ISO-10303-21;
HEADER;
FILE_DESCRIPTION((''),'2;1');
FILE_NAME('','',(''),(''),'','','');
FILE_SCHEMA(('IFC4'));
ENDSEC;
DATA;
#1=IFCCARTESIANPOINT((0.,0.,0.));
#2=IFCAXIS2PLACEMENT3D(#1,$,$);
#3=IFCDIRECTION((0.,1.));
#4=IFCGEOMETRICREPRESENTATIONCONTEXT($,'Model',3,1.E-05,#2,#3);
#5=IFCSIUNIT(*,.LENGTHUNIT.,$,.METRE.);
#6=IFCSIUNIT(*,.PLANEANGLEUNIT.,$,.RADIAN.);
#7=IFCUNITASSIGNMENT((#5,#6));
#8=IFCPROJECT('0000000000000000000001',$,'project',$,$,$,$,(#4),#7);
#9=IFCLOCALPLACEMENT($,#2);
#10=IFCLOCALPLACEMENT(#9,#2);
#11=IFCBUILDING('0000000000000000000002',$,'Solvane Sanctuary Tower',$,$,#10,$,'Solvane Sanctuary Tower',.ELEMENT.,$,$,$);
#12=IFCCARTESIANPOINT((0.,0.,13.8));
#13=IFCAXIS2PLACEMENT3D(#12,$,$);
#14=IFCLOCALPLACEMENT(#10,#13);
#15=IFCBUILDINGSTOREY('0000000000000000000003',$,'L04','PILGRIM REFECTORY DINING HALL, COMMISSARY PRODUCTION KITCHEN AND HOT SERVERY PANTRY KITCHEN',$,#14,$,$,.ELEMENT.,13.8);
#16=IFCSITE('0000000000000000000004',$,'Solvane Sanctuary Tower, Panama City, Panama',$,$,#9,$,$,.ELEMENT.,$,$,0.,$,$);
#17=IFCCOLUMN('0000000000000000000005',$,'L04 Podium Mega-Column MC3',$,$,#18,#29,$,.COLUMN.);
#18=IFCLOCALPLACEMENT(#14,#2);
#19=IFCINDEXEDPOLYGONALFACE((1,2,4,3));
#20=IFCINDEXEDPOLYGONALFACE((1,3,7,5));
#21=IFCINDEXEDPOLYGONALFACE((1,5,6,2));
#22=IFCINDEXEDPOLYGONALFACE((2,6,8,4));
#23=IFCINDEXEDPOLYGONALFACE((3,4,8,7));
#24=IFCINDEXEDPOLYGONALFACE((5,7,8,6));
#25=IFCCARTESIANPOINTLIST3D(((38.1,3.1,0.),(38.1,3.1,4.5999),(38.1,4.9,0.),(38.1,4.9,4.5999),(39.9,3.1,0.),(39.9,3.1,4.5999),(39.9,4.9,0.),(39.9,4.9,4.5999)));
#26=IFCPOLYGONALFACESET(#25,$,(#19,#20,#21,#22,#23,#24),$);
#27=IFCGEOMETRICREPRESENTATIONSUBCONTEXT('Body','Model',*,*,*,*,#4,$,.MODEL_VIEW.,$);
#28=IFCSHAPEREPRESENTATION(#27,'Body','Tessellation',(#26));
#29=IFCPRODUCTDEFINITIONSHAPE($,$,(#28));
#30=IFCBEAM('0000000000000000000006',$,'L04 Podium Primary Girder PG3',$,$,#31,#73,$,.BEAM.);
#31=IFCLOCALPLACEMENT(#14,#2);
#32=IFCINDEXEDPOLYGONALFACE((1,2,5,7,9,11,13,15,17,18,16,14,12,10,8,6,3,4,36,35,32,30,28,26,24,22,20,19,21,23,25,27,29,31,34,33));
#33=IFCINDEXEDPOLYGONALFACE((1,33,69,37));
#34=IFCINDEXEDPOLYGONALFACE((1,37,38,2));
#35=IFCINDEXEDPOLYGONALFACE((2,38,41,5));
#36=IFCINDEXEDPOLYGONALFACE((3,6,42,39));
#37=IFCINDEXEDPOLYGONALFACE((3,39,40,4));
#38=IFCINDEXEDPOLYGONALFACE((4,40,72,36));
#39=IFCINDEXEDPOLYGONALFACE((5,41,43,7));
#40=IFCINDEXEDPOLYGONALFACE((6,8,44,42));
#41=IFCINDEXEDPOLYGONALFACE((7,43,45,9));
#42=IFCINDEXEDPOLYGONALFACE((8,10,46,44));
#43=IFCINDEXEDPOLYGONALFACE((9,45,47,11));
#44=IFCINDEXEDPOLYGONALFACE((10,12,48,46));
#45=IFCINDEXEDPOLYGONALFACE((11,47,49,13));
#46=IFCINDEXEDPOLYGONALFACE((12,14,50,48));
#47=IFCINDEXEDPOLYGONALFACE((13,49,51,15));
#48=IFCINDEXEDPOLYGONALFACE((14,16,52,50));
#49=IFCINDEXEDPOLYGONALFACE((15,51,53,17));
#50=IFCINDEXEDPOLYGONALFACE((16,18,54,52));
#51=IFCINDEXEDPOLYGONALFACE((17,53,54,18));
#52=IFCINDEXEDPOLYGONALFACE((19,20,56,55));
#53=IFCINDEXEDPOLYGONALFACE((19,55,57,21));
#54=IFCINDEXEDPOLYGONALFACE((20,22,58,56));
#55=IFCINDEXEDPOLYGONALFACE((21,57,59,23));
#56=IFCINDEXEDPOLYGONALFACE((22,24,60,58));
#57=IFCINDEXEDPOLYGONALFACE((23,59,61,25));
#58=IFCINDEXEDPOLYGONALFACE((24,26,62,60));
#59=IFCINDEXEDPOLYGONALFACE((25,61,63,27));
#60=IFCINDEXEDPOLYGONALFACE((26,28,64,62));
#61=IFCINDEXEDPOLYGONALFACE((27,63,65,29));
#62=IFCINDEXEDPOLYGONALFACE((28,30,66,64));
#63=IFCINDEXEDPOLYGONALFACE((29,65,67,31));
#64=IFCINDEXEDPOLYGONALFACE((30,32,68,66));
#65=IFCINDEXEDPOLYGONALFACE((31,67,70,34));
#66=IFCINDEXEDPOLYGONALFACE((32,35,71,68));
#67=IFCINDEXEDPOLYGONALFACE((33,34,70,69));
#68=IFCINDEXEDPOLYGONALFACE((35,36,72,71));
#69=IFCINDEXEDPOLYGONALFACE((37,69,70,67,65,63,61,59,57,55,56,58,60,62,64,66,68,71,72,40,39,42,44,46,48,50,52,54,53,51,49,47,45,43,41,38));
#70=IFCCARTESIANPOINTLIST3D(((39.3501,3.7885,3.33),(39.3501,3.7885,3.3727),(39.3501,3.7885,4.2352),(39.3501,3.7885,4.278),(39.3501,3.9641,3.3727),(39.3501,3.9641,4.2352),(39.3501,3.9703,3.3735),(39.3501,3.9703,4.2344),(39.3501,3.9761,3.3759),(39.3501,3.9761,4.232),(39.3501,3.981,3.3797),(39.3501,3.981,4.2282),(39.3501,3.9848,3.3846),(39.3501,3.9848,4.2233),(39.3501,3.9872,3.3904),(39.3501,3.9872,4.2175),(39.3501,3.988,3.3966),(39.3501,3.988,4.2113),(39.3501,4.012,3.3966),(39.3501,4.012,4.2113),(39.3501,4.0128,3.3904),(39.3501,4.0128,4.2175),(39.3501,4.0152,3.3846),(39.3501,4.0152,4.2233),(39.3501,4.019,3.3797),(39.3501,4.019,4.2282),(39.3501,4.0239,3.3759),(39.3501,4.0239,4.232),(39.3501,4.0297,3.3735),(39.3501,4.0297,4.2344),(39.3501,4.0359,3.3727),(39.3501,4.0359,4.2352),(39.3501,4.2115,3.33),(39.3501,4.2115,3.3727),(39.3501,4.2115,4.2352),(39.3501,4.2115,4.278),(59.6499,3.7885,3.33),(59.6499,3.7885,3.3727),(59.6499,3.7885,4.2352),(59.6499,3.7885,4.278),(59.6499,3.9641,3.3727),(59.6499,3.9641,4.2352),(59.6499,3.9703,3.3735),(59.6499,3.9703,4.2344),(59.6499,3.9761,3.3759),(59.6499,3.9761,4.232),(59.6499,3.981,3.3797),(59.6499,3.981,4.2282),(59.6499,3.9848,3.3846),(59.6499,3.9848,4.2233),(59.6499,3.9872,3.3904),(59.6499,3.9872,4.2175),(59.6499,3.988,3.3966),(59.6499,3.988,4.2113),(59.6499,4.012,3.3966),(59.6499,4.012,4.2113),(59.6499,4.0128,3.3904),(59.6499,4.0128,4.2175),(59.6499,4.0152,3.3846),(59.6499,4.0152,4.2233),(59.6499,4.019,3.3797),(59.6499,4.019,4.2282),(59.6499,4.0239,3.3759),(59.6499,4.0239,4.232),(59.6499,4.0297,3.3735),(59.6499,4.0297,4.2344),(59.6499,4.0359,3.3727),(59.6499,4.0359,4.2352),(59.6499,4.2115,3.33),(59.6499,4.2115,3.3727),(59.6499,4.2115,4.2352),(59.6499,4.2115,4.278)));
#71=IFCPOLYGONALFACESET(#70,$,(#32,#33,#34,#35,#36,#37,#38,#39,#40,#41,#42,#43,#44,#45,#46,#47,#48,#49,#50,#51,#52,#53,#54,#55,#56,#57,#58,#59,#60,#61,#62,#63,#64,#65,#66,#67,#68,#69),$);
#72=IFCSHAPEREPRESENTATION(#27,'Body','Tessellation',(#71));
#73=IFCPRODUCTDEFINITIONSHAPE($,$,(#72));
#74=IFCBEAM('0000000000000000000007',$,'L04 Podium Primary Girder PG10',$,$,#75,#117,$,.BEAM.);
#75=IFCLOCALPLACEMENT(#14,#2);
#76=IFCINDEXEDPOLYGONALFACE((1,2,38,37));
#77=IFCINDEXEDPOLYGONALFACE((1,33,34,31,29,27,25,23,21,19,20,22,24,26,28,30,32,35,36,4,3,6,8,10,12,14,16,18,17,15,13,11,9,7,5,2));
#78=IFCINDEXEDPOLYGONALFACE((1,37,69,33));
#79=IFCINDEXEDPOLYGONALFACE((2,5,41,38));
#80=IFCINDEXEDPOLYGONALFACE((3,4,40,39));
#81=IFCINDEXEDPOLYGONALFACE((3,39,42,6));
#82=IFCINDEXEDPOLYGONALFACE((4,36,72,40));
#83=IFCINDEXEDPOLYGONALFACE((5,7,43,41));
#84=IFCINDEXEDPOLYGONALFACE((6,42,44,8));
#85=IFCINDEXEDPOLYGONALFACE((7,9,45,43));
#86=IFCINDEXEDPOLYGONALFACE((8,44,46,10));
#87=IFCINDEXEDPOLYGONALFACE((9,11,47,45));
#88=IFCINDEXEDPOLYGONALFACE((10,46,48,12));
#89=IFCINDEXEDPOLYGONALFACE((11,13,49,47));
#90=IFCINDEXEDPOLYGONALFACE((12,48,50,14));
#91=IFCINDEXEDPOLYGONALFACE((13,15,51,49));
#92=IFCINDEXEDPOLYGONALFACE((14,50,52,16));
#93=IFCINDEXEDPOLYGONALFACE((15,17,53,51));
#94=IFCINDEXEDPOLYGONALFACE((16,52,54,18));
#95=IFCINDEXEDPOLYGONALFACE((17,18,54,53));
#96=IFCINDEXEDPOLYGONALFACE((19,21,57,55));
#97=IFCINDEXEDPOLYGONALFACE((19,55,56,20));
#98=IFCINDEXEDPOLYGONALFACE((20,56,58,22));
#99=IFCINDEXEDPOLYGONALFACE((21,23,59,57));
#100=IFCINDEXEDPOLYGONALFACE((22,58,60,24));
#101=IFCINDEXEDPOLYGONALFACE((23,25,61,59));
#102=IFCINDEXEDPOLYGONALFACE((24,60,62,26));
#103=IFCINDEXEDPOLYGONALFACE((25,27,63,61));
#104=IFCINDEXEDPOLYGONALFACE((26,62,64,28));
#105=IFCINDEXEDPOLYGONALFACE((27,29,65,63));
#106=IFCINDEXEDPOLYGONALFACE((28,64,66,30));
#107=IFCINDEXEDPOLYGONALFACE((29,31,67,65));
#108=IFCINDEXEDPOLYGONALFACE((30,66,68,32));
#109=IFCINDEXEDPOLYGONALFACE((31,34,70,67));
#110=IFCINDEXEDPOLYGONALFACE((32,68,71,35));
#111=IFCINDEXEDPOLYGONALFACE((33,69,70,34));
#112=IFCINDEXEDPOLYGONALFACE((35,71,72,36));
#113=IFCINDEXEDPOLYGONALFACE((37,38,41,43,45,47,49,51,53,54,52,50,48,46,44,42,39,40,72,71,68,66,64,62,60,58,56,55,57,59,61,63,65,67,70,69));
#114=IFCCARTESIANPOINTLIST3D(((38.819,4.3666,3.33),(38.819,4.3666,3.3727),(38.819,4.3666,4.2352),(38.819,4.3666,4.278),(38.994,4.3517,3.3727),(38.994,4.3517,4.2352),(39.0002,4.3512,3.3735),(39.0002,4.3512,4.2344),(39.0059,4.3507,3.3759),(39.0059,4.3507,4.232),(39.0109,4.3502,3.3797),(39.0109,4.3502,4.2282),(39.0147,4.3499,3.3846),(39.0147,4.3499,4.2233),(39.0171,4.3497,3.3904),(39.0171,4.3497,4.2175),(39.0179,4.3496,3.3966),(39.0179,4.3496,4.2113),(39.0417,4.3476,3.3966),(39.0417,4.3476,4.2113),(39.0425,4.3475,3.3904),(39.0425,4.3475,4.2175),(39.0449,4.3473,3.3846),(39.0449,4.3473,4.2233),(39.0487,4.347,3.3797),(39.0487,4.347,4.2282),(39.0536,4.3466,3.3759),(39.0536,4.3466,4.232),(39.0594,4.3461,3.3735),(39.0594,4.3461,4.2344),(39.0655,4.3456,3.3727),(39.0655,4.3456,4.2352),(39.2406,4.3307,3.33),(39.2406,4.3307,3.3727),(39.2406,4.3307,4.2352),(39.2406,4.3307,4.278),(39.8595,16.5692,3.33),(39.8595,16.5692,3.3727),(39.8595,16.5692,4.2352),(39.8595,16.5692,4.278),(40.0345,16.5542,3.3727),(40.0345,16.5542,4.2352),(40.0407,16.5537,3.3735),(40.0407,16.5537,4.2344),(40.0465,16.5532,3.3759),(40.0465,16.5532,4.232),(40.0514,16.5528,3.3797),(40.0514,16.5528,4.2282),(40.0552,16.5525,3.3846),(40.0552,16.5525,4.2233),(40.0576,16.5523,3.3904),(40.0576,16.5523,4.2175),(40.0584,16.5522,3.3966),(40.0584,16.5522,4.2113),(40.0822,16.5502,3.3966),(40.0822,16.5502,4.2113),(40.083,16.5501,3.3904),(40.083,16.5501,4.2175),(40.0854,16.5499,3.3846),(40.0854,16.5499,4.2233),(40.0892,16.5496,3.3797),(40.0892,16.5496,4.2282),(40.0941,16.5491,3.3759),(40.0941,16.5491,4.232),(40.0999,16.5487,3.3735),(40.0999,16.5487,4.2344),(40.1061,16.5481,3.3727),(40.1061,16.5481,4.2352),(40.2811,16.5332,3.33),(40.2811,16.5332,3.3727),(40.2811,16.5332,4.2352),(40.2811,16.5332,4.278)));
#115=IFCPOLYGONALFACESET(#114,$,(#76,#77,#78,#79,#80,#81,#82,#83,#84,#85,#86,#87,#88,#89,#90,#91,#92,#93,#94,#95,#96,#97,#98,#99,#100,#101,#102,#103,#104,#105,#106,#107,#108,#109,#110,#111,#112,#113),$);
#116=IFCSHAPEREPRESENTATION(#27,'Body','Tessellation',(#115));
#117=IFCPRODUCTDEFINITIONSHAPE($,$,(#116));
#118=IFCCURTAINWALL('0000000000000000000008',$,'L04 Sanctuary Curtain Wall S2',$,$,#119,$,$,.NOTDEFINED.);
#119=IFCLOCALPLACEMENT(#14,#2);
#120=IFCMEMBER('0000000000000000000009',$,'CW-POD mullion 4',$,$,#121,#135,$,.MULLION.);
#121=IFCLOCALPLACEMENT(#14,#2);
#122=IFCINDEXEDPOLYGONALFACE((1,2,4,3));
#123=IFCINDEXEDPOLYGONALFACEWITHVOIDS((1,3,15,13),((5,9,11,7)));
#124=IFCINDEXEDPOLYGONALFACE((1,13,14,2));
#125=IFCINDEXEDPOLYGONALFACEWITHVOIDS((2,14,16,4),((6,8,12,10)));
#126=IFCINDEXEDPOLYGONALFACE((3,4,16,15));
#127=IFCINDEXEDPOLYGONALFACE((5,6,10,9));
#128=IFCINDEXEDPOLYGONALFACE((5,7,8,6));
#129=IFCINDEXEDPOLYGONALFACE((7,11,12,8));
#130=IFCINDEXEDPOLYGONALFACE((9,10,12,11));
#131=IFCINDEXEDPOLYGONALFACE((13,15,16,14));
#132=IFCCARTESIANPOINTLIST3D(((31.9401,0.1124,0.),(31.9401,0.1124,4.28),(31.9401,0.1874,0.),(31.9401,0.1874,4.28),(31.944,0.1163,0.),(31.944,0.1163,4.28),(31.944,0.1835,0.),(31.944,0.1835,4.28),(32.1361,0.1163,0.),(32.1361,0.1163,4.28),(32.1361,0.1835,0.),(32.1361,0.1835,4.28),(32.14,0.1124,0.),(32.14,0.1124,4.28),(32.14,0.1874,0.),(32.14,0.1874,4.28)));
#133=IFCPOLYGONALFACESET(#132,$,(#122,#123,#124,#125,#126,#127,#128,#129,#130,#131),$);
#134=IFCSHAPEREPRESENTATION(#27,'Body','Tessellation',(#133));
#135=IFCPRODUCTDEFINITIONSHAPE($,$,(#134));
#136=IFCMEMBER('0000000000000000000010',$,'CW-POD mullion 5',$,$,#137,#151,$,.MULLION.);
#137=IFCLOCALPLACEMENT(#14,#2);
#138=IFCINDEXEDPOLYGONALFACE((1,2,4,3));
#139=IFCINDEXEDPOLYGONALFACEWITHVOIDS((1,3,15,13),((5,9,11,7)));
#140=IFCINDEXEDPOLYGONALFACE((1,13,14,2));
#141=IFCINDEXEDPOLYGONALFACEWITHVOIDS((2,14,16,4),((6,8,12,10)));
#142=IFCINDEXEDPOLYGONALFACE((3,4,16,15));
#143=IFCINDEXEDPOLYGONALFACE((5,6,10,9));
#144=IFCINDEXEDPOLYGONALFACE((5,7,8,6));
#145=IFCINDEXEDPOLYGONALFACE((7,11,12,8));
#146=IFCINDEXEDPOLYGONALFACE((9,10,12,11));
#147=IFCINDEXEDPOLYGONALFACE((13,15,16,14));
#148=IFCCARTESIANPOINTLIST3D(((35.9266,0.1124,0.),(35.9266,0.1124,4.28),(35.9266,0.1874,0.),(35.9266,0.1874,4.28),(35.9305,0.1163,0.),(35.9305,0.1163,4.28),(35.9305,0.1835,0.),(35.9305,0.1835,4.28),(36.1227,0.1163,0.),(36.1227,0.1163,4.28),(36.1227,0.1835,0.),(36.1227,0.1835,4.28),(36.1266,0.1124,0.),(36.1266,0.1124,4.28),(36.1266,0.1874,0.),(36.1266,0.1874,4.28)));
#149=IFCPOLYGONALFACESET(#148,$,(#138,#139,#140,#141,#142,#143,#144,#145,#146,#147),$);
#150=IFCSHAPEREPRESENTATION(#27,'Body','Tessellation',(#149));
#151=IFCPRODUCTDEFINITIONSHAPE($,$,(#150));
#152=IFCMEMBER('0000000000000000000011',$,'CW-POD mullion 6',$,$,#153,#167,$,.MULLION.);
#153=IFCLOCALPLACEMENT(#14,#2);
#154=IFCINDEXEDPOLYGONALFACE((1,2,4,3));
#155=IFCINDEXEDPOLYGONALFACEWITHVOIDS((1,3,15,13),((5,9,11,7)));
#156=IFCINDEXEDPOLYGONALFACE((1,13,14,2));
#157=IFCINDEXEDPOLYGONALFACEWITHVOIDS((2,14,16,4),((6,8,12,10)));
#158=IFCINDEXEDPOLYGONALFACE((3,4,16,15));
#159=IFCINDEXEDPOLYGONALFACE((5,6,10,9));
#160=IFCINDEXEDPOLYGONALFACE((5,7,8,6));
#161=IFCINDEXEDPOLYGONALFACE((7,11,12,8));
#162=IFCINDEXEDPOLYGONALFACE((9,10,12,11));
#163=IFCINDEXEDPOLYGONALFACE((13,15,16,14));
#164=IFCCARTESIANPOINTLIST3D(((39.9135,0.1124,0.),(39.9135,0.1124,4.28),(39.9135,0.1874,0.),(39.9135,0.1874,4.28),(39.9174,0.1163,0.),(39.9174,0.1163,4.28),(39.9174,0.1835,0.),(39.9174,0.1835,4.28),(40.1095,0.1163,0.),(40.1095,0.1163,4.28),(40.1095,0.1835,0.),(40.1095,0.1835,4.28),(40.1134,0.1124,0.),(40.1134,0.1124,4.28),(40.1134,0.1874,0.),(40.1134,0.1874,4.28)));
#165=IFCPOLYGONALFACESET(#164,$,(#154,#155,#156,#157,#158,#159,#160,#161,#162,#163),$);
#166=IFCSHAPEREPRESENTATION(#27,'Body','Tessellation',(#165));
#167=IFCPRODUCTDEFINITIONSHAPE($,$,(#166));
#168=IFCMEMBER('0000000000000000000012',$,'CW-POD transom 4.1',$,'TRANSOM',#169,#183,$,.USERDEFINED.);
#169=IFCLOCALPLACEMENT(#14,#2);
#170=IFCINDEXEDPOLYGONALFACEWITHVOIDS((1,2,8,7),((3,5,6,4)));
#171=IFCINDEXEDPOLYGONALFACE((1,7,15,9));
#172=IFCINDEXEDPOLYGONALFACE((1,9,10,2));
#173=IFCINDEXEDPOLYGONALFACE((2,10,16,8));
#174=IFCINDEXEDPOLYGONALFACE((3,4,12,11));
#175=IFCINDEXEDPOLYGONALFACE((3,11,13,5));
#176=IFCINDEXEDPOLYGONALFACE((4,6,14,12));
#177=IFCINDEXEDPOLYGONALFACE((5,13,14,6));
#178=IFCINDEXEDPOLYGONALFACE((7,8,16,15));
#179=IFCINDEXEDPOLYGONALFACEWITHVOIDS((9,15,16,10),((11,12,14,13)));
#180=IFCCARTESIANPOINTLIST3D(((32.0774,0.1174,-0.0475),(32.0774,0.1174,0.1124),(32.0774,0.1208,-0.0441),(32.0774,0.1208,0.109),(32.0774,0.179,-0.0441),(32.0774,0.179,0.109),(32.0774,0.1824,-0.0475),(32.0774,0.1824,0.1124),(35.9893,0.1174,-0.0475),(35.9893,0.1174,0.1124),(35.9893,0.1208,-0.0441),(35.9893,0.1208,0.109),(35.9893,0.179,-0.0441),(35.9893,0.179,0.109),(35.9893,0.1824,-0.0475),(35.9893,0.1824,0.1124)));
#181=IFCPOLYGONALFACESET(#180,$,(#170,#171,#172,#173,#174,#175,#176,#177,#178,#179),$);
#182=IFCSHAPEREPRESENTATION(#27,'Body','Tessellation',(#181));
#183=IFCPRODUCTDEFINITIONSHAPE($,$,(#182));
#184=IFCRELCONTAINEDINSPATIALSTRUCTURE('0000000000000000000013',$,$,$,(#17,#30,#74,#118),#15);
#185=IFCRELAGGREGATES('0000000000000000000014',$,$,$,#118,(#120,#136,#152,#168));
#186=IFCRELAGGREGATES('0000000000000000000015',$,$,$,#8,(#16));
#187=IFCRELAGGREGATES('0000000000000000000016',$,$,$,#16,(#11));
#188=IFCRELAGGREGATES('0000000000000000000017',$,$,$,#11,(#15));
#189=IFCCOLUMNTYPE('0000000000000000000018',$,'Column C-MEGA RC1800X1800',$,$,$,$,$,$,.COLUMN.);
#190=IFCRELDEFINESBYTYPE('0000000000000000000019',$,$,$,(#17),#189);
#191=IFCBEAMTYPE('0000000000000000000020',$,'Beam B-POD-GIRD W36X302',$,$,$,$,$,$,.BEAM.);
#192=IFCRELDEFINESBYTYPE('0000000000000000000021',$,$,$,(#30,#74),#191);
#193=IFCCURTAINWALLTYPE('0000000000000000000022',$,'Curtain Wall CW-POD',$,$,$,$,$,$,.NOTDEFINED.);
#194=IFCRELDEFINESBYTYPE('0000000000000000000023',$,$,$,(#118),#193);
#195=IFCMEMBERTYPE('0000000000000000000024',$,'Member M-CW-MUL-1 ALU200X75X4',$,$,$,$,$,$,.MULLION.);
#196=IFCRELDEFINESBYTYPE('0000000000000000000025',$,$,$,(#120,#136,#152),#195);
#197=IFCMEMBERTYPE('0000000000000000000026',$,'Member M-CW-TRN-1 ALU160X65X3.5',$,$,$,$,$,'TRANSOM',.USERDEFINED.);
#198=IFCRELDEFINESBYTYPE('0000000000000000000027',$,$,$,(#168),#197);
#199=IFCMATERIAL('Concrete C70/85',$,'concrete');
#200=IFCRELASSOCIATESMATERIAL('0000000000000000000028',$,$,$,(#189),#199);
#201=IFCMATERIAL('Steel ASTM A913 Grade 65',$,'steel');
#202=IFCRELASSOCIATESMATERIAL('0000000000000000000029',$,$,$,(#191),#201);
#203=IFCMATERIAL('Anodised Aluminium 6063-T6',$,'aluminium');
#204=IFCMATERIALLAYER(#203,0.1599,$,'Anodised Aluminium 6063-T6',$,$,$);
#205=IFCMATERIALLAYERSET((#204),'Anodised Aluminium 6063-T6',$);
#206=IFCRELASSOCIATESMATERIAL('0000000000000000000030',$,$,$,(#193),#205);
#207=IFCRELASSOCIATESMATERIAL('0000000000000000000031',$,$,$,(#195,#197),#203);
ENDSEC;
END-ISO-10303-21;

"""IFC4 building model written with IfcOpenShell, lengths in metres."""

from ifc_helpers import new_model, si_unit, direction, frame, origin, origin_2d, place, context, subcontext, project, spatial, rectangle, hollow_rectangle, i_section, extrude, material, layer, layer_set, material_profile, profile_set, type_object, element, aggregate, save


model = new_model("IFC4")

# Units and contexts
model_context = context("Model", 3, precision=1e-05, world=origin(), true_north=direction((0.0, 1.0)))
body_context = subcontext(model_context, "Body", "Model", "MODEL_VIEW")
ifc_project = project(units=[si_unit("LENGTHUNIT", "METRE"), si_unit("PLANEANGLEUNIT", "RADIAN")], contexts=[model_context])

# Site, building, storey
site_placement = place(None, origin())
site = spatial("IfcSite", under=ifc_project, at=site_placement, Name="Solvane Sanctuary Tower, Panama City, Panama", CompositionType="ELEMENT", RefElevation=0.0)
building_placement = place(site_placement, origin())
building = spatial("IfcBuilding", under=site, at=building_placement, Name="Solvane Sanctuary Tower", LongName="Solvane Sanctuary Tower", CompositionType="ELEMENT")
storey_placement = place(building_placement, frame((0.0, 0.0, 13.8)))
storey = spatial("IfcBuildingStorey", under=building, at=storey_placement, Name="L04", Description="PILGRIM REFECTORY DINING HALL, COMMISSARY PRODUCTION KITCHEN AND HOT SERVERY PANTRY KITCHEN", CompositionType="ELEMENT", Elevation=13.8)

# Column
ifc_material_1 = material(Name="Concrete C70/85", Category="concrete")
ifc_material_profile_1 = material_profile(ifc_material_1, rectangle(XDim=1.8, YDim=1.8, at=origin_2d()), Name="RC1800X1800")
ifc_profile_set_1 = profile_set([ifc_material_profile_1], Name="Concrete C70/85")
column_type = type_object("IfcColumnType", Name="Column C-MEGA RC1800X1800", PredefinedType="COLUMN", material=ifc_profile_set_1)
column_placement = place(storey_placement, frame((39.0, 4.0, 0.0), z_axis=(0.0, 0.0, 1.0), x_axis=(1.0, 0.0, 0.0)))
element("IfcColumn", 1, at=column_placement, inside=storey, type_object=column_type, Name="L04 Podium Mega-Column MC3", PredefinedType="COLUMN", context=body_context, shape_type="SweptSolid", body=[
    extrude(rectangle(XDim=1.8, YDim=1.8, at=origin_2d()), origin(), (0.0, 0.0, 1.0), 4.5999),
])

# Beams
ifc_material_2 = material(Name="Steel ASTM A913 Grade 65", Category="steel")
ifc_material_profile_2 = material_profile(ifc_material_2, i_section(OverallWidth=0.4231, OverallDepth=0.948, WebThickness=0.0239, FlangeThickness=0.0427, FilletRadius=0.0239, at=origin_2d()), Name="W36X302")
ifc_profile_set_2 = profile_set([ifc_material_profile_2], Name="Steel ASTM A913 Grade 65")
beam_type = type_object("IfcBeamType", Name="Beam B-POD-GIRD W36X302", PredefinedType="BEAM", material=ifc_profile_set_2)
beam_1_placement = place(storey_placement, frame((39.3501, 4.0, 3.804), z_axis=(1.0, 0.0, 0.0), x_axis=(0.0, 1.0, 0.0)))
element("IfcBeam", 2, at=beam_1_placement, inside=storey, type_object=beam_type, Name="L04 Podium Primary Girder PG3", PredefinedType="BEAM", context=body_context, shape_type="SweptSolid", body=[
    extrude(i_section(OverallWidth=0.4231, OverallDepth=0.948, WebThickness=0.0239, FlangeThickness=0.0427, FilletRadius=0.0239, at=origin_2d()), origin(), (0.0, 0.0, 1.0), 20.2998),
])
beam_2_placement = place(storey_placement, frame((39.0298, 4.3486, 3.804), z_axis=(0.084962, 0.996384, 0.0), x_axis=(-0.996384, 0.084962, 0.0)))
element("IfcBeam", 3, at=beam_2_placement, inside=storey, type_object=beam_type, Name="L04 Podium Primary Girder PG10", PredefinedType="BEAM", context=body_context, shape_type="SweptSolid", body=[
    extrude(i_section(OverallWidth=0.4231, OverallDepth=0.948, WebThickness=0.0239, FlangeThickness=0.0427, FilletRadius=0.0239, at=origin_2d()), origin(), (0.0, 0.0, 1.0), 12.2468),
])

# Curtain wall, members
ifc_material_3 = material(Name="Anodised Aluminium 6063-T6", Category="aluminium")
ifc_layer_1 = layer(ifc_material_3, 0.1599, Name="Anodised Aluminium 6063-T6")
ifc_layer_set_1 = layer_set([ifc_layer_1], Name="Anodised Aluminium 6063-T6")
curtain_wall_type = type_object("IfcCurtainWallType", Name="Curtain Wall CW-POD", PredefinedType="NOTDEFINED", material=ifc_layer_set_1)
curtain_wall_placement = place(storey_placement, origin())
curtain_wall = element("IfcCurtainWall", 4, at=curtain_wall_placement, inside=storey, type_object=curtain_wall_type, Name="L04 Sanctuary Curtain Wall S2", PredefinedType="NOTDEFINED")
ifc_material_profile_3 = material_profile(ifc_material_3, hollow_rectangle(XDim=0.075, YDim=0.2, WallThickness=0.0039, at=origin_2d()), Name="ALU200X75X4")
ifc_profile_set_3 = profile_set([ifc_material_profile_3], Name="Anodised Aluminium 6063-T6")
member_type_1 = type_object("IfcMemberType", Name="Member M-CW-MUL-1 ALU200X75X4", PredefinedType="MULLION", material=ifc_profile_set_3)
member_1_placement = place(storey_placement, frame((32.04, 0.1499, 0.0), z_axis=(0.0, 0.0, 1.0), x_axis=(0.0, 1.0, 0.0)))
member_1 = element("IfcMember", 5, at=member_1_placement, type_object=member_type_1, Name="CW-POD mullion 4", PredefinedType="MULLION", context=body_context, shape_type="SweptSolid", body=[
    extrude(hollow_rectangle(XDim=0.075, YDim=0.2, WallThickness=0.0039, at=origin_2d()), origin(), (0.0, 0.0, 1.0), 4.28),
])
member_2_placement = place(storey_placement, frame((36.0266, 0.1499, 0.0), z_axis=(0.0, 0.0, 1.0), x_axis=(0.0, 1.0, 0.0)))
member_2 = element("IfcMember", 6, at=member_2_placement, type_object=member_type_1, Name="CW-POD mullion 5", PredefinedType="MULLION", context=body_context, shape_type="SweptSolid", body=[
    extrude(hollow_rectangle(XDim=0.075, YDim=0.2, WallThickness=0.0039, at=origin_2d()), origin(), (0.0, 0.0, 1.0), 4.28),
])
member_3_placement = place(storey_placement, frame((40.0134, 0.1499, 0.0), z_axis=(0.0, 0.0, 1.0), x_axis=(0.0, 1.0, 0.0)))
member_3 = element("IfcMember", 7, at=member_3_placement, type_object=member_type_1, Name="CW-POD mullion 6", PredefinedType="MULLION", context=body_context, shape_type="SweptSolid", body=[
    extrude(hollow_rectangle(XDim=0.075, YDim=0.2, WallThickness=0.0039, at=origin_2d()), origin(), (0.0, 0.0, 1.0), 4.28),
])
ifc_material_profile_4 = material_profile(ifc_material_3, hollow_rectangle(XDim=0.0649, YDim=0.1599, WallThickness=0.0034, at=origin_2d()), Name="ALU160X65X3.5")
ifc_profile_set_4 = profile_set([ifc_material_profile_4], Name="Anodised Aluminium 6063-T6")
member_type_2 = type_object("IfcMemberType", Name="Member M-CW-TRN-1 ALU160X65X3.5", ElementType="TRANSOM", PredefinedType="USERDEFINED", material=ifc_profile_set_4)
member_4_placement = place(storey_placement, frame((32.0774, 0.1499, 0.0325), z_axis=(1.0, 0.0, 0.0), x_axis=(0.0, 1.0, 0.0)))
member_4 = element("IfcMember", 8, at=member_4_placement, type_object=member_type_2, Name="CW-POD transom 4.1", ObjectType="TRANSOM", PredefinedType="USERDEFINED", context=body_context, shape_type="SweptSolid", body=[
    extrude(hollow_rectangle(XDim=0.0649, YDim=0.1599, WallThickness=0.0034, at=origin_2d()), origin(), (0.0, 0.0, 1.0), 3.9119),
])
aggregate(curtain_wall, [member_1, member_2, member_3, member_4])

save(model, "model.ifc")
